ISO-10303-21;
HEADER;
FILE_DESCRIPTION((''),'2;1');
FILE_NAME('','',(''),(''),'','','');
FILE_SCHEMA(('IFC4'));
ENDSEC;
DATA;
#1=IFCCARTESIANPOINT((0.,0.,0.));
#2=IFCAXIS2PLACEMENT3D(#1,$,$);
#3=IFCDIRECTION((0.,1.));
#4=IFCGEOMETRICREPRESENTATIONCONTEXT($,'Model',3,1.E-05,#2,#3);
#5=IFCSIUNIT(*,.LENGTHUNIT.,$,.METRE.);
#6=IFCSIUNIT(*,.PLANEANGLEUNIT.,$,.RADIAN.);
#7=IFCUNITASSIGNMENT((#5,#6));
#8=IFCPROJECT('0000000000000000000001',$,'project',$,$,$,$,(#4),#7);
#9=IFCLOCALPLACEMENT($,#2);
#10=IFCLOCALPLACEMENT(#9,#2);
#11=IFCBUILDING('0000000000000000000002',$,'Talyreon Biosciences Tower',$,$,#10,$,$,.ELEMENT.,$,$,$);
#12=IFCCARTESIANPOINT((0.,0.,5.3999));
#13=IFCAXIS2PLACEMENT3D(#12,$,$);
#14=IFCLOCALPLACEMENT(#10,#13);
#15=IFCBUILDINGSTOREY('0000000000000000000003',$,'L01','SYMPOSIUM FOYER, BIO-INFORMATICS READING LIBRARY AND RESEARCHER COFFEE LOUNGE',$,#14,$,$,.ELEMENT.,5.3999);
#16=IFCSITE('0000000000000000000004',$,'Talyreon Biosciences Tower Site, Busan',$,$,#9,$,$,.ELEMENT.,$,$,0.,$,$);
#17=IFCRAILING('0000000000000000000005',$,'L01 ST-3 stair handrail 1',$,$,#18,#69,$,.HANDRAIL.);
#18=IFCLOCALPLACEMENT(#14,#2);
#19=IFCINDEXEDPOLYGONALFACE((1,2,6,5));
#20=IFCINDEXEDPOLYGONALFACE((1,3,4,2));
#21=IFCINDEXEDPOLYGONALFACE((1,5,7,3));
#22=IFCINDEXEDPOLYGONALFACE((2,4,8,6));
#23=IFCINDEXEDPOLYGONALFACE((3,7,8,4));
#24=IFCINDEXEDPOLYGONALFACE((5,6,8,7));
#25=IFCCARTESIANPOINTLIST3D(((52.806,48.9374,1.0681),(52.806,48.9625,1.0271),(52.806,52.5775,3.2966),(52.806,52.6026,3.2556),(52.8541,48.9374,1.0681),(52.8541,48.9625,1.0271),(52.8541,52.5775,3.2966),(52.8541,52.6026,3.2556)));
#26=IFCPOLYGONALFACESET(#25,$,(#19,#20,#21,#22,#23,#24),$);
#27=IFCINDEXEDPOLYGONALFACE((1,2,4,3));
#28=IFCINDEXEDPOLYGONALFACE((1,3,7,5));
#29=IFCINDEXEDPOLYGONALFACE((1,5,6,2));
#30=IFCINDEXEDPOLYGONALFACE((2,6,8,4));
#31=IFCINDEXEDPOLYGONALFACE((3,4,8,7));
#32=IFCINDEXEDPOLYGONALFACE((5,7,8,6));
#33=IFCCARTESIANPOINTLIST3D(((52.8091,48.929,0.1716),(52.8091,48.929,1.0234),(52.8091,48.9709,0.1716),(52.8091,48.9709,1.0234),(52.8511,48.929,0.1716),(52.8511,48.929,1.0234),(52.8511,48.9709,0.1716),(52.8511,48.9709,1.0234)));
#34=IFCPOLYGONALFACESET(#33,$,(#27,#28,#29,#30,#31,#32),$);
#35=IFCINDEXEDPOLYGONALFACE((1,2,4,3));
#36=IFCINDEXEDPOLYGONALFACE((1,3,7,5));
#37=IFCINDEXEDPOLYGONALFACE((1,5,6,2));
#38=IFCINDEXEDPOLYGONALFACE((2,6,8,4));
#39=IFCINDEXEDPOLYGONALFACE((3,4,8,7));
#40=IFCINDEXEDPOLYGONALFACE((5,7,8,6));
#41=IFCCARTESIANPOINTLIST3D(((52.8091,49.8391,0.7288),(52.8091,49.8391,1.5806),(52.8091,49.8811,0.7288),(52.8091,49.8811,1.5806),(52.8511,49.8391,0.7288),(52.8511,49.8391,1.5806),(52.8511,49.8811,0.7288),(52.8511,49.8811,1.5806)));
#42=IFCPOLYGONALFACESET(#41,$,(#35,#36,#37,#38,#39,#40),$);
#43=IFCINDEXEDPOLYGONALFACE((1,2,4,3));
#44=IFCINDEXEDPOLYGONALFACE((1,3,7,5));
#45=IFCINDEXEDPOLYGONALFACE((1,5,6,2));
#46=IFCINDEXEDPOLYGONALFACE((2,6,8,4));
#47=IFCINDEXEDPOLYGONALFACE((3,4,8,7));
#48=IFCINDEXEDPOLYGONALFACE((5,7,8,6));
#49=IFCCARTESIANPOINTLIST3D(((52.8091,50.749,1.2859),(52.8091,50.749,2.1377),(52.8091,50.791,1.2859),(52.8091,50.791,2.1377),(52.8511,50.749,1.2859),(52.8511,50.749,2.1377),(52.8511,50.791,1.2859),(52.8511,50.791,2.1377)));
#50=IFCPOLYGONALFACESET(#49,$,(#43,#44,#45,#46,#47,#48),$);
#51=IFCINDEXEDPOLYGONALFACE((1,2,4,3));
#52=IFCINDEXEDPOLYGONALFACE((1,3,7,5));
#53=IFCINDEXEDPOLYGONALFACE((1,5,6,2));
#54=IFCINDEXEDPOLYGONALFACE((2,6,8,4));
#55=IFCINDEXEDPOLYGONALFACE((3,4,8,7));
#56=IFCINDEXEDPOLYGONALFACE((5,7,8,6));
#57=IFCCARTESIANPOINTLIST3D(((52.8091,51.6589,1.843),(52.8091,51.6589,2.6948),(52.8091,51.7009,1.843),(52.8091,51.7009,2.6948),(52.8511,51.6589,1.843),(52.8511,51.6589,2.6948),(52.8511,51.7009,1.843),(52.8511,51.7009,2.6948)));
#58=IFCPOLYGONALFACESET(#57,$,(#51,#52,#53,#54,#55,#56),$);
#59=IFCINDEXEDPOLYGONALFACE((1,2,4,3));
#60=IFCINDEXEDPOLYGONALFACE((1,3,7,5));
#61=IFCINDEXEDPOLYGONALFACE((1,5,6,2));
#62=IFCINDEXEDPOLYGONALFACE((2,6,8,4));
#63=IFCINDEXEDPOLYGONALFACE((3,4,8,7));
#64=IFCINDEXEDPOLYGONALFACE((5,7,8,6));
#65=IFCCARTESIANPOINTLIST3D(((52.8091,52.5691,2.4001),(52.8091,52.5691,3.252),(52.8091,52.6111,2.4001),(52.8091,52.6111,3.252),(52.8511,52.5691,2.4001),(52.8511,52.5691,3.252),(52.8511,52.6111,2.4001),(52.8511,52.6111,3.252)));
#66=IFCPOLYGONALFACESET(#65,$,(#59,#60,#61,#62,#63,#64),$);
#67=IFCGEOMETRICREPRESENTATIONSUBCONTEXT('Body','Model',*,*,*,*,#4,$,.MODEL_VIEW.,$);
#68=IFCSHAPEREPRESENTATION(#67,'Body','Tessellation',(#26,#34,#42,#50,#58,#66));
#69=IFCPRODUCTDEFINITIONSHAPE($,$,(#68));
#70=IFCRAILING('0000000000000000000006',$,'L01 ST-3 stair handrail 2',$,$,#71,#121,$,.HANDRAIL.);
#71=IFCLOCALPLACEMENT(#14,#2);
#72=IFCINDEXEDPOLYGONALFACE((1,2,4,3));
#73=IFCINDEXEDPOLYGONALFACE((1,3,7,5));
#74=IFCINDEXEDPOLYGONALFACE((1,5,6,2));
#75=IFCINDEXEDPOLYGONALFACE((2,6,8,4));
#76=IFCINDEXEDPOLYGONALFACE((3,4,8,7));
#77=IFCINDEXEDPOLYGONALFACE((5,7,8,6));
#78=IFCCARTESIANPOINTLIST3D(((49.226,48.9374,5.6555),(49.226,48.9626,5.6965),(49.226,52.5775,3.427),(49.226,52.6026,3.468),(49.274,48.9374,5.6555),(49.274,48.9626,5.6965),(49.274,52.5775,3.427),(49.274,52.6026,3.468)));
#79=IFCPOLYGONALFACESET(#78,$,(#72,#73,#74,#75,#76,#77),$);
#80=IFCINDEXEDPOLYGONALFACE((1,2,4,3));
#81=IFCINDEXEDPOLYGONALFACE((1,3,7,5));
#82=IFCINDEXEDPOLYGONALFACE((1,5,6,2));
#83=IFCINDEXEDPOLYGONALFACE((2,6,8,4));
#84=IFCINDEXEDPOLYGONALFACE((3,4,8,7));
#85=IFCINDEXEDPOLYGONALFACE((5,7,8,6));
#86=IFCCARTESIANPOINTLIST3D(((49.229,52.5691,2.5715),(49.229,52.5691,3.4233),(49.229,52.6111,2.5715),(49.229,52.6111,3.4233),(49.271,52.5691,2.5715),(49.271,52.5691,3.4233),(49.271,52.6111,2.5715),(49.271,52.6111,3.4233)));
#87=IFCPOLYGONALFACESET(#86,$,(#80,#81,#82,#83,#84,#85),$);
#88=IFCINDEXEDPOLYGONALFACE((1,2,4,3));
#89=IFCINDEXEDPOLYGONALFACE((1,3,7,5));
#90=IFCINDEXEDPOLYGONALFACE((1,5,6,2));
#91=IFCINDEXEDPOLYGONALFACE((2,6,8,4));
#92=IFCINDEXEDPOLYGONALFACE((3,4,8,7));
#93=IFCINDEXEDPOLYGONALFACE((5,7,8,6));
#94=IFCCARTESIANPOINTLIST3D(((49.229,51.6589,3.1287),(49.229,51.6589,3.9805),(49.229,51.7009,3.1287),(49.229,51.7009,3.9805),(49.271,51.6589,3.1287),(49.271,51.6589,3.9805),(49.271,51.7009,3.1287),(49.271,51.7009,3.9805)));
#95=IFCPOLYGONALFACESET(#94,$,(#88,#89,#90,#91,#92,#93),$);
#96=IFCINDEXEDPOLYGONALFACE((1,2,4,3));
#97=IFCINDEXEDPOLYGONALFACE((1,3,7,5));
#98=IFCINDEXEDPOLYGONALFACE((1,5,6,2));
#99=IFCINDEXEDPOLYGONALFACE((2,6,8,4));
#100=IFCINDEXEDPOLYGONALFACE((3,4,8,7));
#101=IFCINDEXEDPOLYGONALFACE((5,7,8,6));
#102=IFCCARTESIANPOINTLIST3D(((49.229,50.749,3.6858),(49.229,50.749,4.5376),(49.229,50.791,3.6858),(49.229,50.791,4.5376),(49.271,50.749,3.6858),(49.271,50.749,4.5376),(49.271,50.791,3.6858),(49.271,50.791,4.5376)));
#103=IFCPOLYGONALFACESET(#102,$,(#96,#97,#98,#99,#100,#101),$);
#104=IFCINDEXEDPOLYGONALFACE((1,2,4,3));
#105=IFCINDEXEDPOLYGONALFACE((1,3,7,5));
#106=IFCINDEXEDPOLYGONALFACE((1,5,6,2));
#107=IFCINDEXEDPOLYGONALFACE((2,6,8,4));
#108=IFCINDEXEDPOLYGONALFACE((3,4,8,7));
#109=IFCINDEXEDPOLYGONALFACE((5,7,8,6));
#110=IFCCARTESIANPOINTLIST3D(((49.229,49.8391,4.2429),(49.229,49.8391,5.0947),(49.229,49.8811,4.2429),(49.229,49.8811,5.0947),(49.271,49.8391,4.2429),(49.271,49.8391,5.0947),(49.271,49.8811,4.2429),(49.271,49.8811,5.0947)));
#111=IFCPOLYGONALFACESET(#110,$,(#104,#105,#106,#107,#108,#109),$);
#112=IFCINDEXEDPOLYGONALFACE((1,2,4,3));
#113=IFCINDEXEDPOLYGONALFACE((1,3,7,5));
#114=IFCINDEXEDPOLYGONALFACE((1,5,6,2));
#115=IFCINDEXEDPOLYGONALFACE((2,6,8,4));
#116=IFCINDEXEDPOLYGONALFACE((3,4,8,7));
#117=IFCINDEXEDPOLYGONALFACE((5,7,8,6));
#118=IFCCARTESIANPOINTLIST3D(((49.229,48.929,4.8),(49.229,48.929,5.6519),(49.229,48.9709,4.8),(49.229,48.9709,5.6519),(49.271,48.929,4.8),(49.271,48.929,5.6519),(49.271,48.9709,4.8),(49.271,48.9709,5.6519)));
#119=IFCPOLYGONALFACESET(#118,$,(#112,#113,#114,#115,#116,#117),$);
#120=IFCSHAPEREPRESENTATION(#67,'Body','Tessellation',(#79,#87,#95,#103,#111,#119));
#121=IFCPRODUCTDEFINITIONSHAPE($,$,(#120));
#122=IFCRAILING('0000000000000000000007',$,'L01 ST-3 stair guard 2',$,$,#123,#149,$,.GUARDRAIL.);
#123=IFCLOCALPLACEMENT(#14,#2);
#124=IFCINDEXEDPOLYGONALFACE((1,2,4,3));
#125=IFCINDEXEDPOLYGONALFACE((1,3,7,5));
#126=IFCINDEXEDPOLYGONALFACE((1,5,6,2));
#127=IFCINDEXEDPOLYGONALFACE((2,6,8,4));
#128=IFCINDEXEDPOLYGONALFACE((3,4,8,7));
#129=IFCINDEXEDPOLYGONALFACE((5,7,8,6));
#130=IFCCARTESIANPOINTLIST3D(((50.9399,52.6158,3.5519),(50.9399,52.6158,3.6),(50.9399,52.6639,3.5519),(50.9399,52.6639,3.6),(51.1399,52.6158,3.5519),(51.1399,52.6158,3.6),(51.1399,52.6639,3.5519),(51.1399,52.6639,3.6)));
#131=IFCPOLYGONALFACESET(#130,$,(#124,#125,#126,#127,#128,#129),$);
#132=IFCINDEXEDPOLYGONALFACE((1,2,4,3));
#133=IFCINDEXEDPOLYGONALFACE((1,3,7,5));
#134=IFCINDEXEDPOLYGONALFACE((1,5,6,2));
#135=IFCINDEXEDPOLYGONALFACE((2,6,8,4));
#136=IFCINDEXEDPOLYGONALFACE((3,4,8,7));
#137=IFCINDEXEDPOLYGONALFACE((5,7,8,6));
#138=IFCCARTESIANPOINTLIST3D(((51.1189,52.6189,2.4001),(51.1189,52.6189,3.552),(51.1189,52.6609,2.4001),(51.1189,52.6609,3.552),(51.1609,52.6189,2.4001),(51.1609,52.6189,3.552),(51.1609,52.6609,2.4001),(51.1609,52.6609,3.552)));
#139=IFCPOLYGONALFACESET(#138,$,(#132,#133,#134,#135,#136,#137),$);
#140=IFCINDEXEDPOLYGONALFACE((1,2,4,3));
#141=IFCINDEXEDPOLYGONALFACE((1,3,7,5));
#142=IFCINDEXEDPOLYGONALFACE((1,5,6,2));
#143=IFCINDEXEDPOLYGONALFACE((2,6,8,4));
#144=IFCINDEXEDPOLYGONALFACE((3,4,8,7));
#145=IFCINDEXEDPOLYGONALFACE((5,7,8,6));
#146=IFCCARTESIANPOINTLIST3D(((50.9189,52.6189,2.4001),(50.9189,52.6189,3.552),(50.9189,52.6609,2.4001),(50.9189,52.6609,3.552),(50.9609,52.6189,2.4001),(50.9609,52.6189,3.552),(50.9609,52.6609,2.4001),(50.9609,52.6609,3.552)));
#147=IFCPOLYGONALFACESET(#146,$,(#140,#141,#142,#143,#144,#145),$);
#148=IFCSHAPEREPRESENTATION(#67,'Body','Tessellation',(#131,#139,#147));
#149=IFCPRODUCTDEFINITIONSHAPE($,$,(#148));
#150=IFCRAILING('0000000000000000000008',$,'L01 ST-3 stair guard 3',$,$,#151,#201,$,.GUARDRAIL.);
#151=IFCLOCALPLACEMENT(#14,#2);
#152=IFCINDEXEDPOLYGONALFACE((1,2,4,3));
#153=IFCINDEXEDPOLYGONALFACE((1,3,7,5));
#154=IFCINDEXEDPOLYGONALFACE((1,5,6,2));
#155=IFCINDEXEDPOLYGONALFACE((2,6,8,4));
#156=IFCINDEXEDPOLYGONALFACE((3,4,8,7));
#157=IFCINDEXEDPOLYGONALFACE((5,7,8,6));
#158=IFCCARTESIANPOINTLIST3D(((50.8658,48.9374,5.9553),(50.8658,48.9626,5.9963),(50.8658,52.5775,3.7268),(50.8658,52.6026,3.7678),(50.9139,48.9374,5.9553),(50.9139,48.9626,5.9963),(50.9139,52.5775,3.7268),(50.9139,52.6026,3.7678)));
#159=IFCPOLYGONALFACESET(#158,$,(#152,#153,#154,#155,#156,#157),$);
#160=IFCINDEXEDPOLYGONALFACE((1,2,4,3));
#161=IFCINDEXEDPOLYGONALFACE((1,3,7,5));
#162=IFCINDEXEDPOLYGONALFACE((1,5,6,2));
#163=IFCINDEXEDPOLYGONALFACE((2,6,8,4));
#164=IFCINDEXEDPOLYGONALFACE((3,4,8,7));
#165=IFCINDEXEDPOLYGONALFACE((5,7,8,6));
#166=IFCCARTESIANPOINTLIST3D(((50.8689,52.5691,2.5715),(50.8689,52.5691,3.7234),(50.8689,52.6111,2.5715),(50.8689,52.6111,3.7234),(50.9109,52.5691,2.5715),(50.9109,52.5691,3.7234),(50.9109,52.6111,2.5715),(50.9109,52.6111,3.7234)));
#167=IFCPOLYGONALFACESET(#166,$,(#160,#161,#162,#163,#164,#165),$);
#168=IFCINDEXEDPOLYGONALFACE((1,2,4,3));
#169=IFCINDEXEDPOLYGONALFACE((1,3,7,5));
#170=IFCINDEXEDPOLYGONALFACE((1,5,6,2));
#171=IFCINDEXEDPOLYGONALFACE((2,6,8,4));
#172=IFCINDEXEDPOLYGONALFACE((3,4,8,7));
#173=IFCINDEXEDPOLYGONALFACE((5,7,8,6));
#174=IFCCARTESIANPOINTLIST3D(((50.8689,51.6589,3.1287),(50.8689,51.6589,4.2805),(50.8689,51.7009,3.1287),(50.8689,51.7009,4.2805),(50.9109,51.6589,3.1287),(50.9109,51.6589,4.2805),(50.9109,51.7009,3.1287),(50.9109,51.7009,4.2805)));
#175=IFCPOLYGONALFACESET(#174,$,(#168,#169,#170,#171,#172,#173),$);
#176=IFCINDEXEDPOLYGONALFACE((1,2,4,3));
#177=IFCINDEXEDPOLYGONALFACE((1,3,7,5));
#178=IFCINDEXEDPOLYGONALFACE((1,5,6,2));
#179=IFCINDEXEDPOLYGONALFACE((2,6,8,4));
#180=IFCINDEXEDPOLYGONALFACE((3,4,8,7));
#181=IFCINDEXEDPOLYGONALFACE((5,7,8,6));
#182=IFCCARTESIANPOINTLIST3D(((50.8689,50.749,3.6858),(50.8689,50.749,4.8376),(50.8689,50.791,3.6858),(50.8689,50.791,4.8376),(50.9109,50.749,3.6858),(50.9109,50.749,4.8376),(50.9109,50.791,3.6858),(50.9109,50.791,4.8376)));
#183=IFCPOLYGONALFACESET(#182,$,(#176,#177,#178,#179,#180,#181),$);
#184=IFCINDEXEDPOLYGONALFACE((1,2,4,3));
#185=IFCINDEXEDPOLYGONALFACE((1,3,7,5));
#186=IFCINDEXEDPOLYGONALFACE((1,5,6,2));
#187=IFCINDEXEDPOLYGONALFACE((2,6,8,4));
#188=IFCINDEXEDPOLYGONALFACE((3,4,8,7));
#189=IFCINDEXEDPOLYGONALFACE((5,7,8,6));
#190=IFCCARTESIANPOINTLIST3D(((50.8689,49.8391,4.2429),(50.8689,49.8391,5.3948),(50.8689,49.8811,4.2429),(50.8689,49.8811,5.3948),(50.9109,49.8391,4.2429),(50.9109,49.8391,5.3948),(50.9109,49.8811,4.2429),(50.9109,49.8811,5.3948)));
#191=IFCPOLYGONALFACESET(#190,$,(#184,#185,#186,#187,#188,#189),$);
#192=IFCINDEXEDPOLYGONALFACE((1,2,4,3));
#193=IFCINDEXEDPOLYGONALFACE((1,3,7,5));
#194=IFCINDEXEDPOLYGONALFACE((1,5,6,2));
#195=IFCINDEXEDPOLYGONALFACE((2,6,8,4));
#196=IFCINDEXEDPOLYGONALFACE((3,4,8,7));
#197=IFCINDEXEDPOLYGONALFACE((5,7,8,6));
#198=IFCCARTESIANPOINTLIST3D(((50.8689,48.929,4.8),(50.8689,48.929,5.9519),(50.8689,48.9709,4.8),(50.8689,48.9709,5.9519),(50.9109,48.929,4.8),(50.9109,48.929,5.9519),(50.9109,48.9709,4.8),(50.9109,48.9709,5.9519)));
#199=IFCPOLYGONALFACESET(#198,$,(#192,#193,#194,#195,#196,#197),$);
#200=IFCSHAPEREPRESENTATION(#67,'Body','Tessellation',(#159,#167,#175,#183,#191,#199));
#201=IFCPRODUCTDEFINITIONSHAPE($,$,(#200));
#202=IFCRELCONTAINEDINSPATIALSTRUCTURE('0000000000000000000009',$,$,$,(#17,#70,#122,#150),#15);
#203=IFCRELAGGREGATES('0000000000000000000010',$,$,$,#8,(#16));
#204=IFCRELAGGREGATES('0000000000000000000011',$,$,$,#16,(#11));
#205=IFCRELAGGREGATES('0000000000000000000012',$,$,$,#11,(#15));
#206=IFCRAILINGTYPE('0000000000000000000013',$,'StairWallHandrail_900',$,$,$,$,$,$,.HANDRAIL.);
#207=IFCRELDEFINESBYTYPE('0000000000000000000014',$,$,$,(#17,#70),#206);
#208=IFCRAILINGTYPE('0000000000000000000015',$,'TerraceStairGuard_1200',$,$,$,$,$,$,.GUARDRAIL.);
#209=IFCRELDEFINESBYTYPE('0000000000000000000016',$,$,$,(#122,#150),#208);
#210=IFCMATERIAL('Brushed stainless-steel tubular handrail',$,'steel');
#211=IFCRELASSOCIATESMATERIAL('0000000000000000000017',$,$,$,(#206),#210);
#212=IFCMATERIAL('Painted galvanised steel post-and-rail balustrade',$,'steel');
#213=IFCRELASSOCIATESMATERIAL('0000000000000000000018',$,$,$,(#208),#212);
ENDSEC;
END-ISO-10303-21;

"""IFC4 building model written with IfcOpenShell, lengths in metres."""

from ifc_helpers import new_model, si_unit, direction, frame, origin, origin_2d, place, context, subcontext, project, spatial, rectangle, extrude, material, type_object, element, save


model = new_model("IFC4")

# Units and contexts
model_context = context("Model", 3, precision=1e-05, world=origin(), true_north=direction((0.0, 1.0)))
body_context = subcontext(model_context, "Body", "Model", "MODEL_VIEW")
ifc_project = project(units=[si_unit("LENGTHUNIT", "METRE"), si_unit("PLANEANGLEUNIT", "RADIAN")], contexts=[model_context])

# Site, building, storey
site_placement = place(None, origin())
site = spatial("IfcSite", under=ifc_project, at=site_placement, Name="Talyreon Biosciences Tower Site, Busan", CompositionType="ELEMENT", RefElevation=0.0)
building_placement = place(site_placement, origin())
building = spatial("IfcBuilding", under=site, at=building_placement, Name="Talyreon Biosciences Tower", CompositionType="ELEMENT")
storey_placement = place(building_placement, frame((0.0, 0.0, 5.3999)))
storey = spatial("IfcBuildingStorey", under=building, at=storey_placement, Name="L01", Description="SYMPOSIUM FOYER, BIO-INFORMATICS READING LIBRARY AND RESEARCHER COFFEE LOUNGE", CompositionType="ELEMENT", Elevation=5.3999)

# Railings
ifc_material_1 = material(Name="Brushed stainless-steel tubular handrail", Category="steel")
railing_type_1 = type_object("IfcRailingType", Name="StairWallHandrail_900", PredefinedType="HANDRAIL", material=ifc_material_1)
railing_1_placement = place(storey_placement, frame((52.8301, 48.95, 0.1716)))
element("IfcRailing", 1, at=railing_1_placement, inside=storey, type_object=railing_type_1, Name="L01 ST-3 stair handrail 1", PredefinedType="HANDRAIL", context=body_context, shape_type="SweptSolid", body=[
    extrude(rectangle(XDim=0.0481, YDim=0.0481, at=origin_2d()), frame((0.0, 0.0, 0.876), z_axis=(0.0, 0.852866, 0.52213), x_axis=(-1.0, 0.0, 0.0)), (0.0, 0.0, 1.0), 4.2681),
    extrude(rectangle(XDim=0.042, YDim=0.042, at=origin_2d()), origin(), (0.0, 0.0, 1.0), 0.8518),
    extrude(rectangle(XDim=0.042, YDim=0.042, at=origin_2d()), frame((0.0, 0.9102, 0.5571)), (0.0, 0.0, 1.0), 0.8518),
    extrude(rectangle(XDim=0.042, YDim=0.042, at=origin_2d()), frame((0.0, 1.8201, 1.1143)), (0.0, 0.0, 1.0), 0.8518),
    extrude(rectangle(XDim=0.042, YDim=0.042, at=origin_2d()), frame((0.0, 2.73, 1.6714)), (0.0, 0.0, 1.0), 0.8518),
    extrude(rectangle(XDim=0.042, YDim=0.042, at=origin_2d()), frame((0.0, 3.6401, 2.2285)), (0.0, 0.0, 1.0), 0.8518),
])
railing_2_placement = place(storey_placement, frame((49.25, 52.5901, 2.5715)))
element("IfcRailing", 2, at=railing_2_placement, inside=storey, type_object=railing_type_1, Name="L01 ST-3 stair handrail 2", PredefinedType="HANDRAIL", context=body_context, shape_type="SweptSolid", body=[
    extrude(rectangle(XDim=0.0481, YDim=0.0481, at=origin_2d()), frame((0.0, 0.0, 0.876), z_axis=(0.0, -0.852866, 0.52213), x_axis=(1.0, 0.0, 0.0)), (0.0, 0.0, 1.0), 4.2681),
    extrude(rectangle(XDim=0.042, YDim=0.042, at=origin_2d()), origin(), (0.0, 0.0, 1.0), 0.8518),
    extrude(rectangle(XDim=0.042, YDim=0.042, at=origin_2d()), frame((0.0, -0.9102, 0.5571)), (0.0, 0.0, 1.0), 0.8518),
    extrude(rectangle(XDim=0.042, YDim=0.042, at=origin_2d()), frame((0.0, -1.8201, 1.1143)), (0.0, 0.0, 1.0), 0.8518),
    extrude(rectangle(XDim=0.042, YDim=0.042, at=origin_2d()), frame((0.0, -2.73, 1.6714)), (0.0, 0.0, 1.0), 0.8518),
    extrude(rectangle(XDim=0.042, YDim=0.042, at=origin_2d()), frame((0.0, -3.6401, 2.2285)), (0.0, 0.0, 1.0), 0.8518),
])
ifc_material_2 = material(Name="Painted galvanised steel post-and-rail balustrade", Category="steel")
railing_type_2 = type_object("IfcRailingType", Name="TerraceStairGuard_1200", PredefinedType="GUARDRAIL", material=ifc_material_2)
railing_3_placement = place(storey_placement, frame((51.1399, 52.6399, 2.4001)))
element("IfcRailing", 3, at=railing_3_placement, inside=storey, type_object=railing_type_2, Name="L01 ST-3 stair guard 2", PredefinedType="GUARDRAIL", context=body_context, shape_type="SweptSolid", body=[
    extrude(rectangle(XDim=0.0481, YDim=0.0481, at=origin_2d()), frame((0.0, 0.0, 1.1758), z_axis=(-1.0, 0.0, 0.0), x_axis=(0.0, -1.0, 0.0)), (0.0, 0.0, 1.0), 0.2),
    extrude(rectangle(XDim=0.042, YDim=0.042, at=origin_2d()), origin(), (0.0, 0.0, 1.0), 1.1519),
    extrude(rectangle(XDim=0.042, YDim=0.042, at=origin_2d()), frame((-0.2, 0.0, 0.0)), (0.0, 0.0, 1.0), 1.1519),
])
railing_4_placement = place(storey_placement, frame((50.8899, 52.5901, 2.5715)))
element("IfcRailing", 4, at=railing_4_placement, inside=storey, type_object=railing_type_2, Name="L01 ST-3 stair guard 3", PredefinedType="GUARDRAIL", context=body_context, shape_type="SweptSolid", body=[
    extrude(rectangle(XDim=0.0481, YDim=0.0481, at=origin_2d()), frame((0.0, 0.0, 1.1758), z_axis=(0.0, -0.852866, 0.52213), x_axis=(1.0, 0.0, 0.0)), (0.0, 0.0, 1.0), 4.2681),
    extrude(rectangle(XDim=0.042, YDim=0.042, at=origin_2d()), origin(), (0.0, 0.0, 1.0), 1.1519),
    extrude(rectangle(XDim=0.042, YDim=0.042, at=origin_2d()), frame((0.0, -0.9102, 0.5571)), (0.0, 0.0, 1.0), 1.1519),
    extrude(rectangle(XDim=0.042, YDim=0.042, at=origin_2d()), frame((0.0, -1.8201, 1.1143)), (0.0, 0.0, 1.0), 1.1519),
    extrude(rectangle(XDim=0.042, YDim=0.042, at=origin_2d()), frame((0.0, -2.73, 1.6714)), (0.0, 0.0, 1.0), 1.1519),
    extrude(rectangle(XDim=0.042, YDim=0.042, at=origin_2d()), frame((0.0, -3.6401, 2.2285)), (0.0, 0.0, 1.0), 1.1519),
])

save(model, "model.ifc")
